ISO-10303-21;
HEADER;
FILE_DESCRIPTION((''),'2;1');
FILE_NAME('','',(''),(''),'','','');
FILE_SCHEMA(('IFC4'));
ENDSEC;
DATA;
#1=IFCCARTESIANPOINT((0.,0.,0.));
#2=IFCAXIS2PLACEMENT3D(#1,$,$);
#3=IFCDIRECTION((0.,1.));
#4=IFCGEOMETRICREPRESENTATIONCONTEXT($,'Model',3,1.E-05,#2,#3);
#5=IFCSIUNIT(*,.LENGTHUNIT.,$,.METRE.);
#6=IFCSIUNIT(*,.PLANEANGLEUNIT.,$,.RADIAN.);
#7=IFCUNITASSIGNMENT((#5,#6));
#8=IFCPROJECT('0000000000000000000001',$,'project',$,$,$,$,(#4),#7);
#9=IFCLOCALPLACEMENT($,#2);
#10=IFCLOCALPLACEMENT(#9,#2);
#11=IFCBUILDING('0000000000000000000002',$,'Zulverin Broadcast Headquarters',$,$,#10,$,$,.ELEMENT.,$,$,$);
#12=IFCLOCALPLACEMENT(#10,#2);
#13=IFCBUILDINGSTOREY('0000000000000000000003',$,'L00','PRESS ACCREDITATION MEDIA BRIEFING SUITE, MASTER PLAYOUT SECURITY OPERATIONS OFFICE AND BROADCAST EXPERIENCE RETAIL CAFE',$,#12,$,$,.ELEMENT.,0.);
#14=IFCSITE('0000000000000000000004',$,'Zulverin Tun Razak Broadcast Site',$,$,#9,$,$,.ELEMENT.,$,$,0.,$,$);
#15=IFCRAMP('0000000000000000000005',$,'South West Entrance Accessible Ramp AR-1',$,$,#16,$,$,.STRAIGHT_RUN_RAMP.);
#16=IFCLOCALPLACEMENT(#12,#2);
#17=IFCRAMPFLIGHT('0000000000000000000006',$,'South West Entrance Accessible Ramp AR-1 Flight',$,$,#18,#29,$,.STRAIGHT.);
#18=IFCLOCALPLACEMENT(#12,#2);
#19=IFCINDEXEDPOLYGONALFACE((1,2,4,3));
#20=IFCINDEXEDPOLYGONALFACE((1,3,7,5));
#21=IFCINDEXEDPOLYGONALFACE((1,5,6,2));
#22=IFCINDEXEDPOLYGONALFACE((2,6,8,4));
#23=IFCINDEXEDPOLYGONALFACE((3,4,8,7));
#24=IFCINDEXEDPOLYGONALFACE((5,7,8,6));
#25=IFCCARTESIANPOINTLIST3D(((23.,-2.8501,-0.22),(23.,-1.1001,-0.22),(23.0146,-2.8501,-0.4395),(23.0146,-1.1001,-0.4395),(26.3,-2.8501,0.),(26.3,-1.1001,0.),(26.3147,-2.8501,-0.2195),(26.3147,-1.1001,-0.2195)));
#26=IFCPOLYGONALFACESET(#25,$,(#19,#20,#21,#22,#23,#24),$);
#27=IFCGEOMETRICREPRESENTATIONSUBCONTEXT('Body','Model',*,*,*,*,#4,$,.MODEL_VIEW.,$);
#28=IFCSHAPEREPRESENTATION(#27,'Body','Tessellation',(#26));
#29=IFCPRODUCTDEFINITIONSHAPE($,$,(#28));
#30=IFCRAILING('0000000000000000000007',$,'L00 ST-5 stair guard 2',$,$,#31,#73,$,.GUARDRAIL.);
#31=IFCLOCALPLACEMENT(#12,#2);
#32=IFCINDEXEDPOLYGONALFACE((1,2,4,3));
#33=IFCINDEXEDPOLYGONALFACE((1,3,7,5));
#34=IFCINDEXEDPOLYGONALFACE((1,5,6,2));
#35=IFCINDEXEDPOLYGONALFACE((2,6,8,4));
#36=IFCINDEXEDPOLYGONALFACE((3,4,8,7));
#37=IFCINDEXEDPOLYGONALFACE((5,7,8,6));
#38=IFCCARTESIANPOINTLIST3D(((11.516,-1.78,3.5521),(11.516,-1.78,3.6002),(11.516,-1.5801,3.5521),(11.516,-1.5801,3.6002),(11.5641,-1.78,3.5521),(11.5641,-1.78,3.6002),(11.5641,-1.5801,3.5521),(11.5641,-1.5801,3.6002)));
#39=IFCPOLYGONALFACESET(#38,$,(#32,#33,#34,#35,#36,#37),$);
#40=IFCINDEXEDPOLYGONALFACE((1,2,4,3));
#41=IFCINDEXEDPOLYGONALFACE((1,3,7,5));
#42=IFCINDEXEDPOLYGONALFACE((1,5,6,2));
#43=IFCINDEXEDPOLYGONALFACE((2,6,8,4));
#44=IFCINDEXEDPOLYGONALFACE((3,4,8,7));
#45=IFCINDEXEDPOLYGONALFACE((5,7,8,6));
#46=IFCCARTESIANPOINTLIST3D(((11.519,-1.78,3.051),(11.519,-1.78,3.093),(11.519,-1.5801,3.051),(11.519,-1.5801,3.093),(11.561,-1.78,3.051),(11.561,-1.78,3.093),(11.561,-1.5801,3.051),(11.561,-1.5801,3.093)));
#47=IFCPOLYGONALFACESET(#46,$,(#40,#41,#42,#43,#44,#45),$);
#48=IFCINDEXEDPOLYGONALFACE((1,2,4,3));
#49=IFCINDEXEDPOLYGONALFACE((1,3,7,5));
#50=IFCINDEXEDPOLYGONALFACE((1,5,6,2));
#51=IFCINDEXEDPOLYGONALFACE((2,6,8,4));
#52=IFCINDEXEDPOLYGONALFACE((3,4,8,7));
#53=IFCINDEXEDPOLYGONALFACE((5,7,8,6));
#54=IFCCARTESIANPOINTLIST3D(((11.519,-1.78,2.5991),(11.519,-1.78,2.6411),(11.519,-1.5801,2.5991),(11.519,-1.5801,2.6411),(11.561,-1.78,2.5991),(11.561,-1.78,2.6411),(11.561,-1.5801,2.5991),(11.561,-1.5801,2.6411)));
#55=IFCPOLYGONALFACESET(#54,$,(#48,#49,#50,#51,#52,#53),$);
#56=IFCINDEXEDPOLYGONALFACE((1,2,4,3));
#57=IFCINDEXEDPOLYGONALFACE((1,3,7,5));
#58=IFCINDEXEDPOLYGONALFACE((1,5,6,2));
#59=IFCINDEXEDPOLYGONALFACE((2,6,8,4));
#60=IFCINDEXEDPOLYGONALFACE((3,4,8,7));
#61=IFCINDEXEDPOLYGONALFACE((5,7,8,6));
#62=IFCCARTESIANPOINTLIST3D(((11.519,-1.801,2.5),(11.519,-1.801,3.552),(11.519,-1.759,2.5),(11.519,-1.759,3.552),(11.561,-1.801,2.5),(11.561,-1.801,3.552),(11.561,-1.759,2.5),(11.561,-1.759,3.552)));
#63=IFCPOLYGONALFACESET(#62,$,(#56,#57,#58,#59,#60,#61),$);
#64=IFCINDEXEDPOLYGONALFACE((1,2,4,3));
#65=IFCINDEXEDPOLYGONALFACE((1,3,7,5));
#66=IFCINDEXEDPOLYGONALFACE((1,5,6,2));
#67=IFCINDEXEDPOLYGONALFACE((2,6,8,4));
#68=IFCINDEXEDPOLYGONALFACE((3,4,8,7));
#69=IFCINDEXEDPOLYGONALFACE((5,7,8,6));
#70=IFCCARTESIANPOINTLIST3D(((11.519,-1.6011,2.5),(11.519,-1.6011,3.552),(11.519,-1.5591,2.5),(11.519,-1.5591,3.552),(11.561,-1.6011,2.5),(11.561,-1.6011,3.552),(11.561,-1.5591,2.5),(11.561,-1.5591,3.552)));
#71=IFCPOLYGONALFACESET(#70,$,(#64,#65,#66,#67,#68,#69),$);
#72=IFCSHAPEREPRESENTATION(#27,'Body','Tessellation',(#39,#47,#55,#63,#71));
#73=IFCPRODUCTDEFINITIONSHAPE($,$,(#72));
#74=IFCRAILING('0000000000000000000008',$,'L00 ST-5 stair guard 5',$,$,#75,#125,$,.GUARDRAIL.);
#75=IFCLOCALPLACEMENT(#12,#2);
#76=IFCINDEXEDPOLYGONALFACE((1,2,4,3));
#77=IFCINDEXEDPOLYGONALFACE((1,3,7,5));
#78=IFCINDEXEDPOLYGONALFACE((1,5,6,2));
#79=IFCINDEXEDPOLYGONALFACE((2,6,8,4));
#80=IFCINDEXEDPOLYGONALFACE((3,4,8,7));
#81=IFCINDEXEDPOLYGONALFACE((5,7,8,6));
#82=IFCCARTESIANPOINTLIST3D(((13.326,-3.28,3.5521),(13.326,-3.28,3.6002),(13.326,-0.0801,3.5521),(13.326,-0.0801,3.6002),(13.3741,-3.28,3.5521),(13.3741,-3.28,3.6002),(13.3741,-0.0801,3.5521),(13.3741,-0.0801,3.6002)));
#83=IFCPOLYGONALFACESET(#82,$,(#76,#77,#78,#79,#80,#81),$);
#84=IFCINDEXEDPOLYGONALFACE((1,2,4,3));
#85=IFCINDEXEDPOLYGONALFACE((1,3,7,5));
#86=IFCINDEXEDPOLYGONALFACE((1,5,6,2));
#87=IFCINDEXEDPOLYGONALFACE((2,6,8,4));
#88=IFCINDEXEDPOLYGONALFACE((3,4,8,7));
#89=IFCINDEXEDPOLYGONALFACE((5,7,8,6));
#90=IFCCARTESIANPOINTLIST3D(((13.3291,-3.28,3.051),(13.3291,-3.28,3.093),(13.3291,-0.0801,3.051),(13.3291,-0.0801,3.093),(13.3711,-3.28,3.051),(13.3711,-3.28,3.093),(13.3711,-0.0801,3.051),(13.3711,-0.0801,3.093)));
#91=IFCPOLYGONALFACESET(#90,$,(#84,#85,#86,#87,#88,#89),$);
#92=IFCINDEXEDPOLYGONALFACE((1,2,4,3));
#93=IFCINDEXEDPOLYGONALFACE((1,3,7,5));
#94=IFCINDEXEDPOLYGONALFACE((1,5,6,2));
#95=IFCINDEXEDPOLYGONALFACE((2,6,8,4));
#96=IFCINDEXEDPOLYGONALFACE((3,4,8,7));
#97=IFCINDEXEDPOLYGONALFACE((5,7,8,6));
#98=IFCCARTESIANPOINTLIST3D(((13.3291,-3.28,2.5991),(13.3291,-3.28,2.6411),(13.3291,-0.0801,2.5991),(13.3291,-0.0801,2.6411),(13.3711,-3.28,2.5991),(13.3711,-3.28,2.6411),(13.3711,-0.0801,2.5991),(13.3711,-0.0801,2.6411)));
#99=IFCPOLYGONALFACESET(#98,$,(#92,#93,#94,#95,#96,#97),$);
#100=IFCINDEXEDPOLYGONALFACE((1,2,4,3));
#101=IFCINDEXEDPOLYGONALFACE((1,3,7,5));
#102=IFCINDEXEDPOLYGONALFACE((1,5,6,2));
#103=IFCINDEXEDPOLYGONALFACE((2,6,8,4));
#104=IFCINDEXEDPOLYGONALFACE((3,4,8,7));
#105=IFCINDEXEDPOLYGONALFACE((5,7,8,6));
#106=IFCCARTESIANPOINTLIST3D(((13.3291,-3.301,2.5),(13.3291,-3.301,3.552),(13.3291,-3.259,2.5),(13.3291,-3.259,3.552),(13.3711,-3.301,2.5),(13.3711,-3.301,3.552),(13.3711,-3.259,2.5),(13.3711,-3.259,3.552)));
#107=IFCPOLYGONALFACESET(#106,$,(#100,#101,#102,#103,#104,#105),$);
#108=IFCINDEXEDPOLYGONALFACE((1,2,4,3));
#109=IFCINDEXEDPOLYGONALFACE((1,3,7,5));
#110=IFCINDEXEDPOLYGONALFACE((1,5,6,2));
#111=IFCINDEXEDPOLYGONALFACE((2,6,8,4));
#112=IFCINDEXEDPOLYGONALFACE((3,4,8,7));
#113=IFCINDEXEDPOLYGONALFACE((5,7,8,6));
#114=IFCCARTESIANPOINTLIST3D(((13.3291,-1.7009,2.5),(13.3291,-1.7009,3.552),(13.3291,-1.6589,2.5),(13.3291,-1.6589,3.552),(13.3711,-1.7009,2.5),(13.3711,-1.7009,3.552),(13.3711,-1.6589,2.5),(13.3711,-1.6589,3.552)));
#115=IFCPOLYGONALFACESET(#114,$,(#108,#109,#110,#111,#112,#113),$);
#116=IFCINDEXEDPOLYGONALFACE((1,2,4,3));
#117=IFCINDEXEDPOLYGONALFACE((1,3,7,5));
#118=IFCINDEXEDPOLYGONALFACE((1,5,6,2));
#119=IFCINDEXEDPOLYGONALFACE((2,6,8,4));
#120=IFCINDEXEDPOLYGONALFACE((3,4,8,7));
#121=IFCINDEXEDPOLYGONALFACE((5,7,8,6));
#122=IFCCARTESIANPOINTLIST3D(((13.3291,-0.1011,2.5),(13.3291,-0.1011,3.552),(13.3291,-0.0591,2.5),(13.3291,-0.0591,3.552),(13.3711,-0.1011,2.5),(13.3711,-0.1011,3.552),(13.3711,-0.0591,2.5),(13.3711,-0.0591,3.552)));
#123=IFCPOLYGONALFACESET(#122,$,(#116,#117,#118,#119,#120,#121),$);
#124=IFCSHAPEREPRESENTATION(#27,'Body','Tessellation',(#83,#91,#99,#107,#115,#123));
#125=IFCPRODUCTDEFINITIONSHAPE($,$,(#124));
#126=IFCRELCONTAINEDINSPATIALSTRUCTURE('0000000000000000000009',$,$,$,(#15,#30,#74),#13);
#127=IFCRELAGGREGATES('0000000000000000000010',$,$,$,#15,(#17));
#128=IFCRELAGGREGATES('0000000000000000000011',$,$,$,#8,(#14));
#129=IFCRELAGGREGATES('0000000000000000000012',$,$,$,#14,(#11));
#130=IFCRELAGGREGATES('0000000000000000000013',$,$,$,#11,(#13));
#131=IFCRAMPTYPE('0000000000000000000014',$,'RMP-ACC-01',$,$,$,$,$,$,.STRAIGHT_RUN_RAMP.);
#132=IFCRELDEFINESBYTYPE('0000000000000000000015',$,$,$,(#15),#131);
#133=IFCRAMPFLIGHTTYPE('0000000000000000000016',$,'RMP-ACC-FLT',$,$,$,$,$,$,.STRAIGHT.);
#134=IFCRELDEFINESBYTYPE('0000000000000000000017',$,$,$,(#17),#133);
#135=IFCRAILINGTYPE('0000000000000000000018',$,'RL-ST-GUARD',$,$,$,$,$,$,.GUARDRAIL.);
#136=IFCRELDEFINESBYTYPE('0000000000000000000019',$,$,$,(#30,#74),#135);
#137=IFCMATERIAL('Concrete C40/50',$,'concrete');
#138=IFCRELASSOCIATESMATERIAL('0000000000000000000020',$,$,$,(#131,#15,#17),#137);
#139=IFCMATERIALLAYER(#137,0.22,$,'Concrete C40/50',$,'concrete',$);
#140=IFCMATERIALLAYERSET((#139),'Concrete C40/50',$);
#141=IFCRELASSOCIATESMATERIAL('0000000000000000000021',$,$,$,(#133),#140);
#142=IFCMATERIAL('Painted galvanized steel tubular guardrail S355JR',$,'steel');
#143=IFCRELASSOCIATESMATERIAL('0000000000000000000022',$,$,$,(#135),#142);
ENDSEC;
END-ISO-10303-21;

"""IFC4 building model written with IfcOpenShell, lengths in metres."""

from ifc_helpers import new_model, si_unit, direction, frame, origin, origin_2d, place, context, subcontext, project, spatial, polyline, rectangle, outline, extrude, material, layer, layer_set, type_object, element, aggregate, save


model = new_model("IFC4")

# Units and contexts
model_context = context("Model", 3, precision=1e-05, world=origin(), true_north=direction((0.0, 1.0)))
body_context = subcontext(model_context, "Body", "Model", "MODEL_VIEW")
ifc_project = project(units=[si_unit("LENGTHUNIT", "METRE"), si_unit("PLANEANGLEUNIT", "RADIAN")], contexts=[model_context])

# Site, building, storey
site_placement = place(None, origin())
site = spatial("IfcSite", under=ifc_project, at=site_placement, Name="Zulverin Tun Razak Broadcast Site", CompositionType="ELEMENT", RefElevation=0.0)
building_placement = place(site_placement, origin())
building = spatial("IfcBuilding", under=site, at=building_placement, Name="Zulverin Broadcast Headquarters", CompositionType="ELEMENT")
storey_placement = place(building_placement, origin())
storey = spatial("IfcBuildingStorey", under=building, at=storey_placement, Name="L00", Description="PRESS ACCREDITATION MEDIA BRIEFING SUITE, MASTER PLAYOUT SECURITY OPERATIONS OFFICE AND BROADCAST EXPERIENCE RETAIL CAFE", CompositionType="ELEMENT", Elevation=0.0)

# Ramp, ramp flight
ifc_material_1 = material(Name="Concrete C40/50", Category="concrete")
ramp_type = type_object("IfcRampType", Name="RMP-ACC-01", PredefinedType="STRAIGHT_RUN_RAMP", material=ifc_material_1)
ramp_placement = place(storey_placement, origin())
ramp = element("IfcRamp", 1, at=ramp_placement, inside=storey, type_object=ramp_type, material=ifc_material_1, Name="South West Entrance Accessible Ramp AR-1", PredefinedType="STRAIGHT_RUN_RAMP")
ifc_layer_1 = layer(ifc_material_1, 0.22, Name="Concrete C40/50", Category="concrete")
ifc_layer_set_1 = layer_set([ifc_layer_1], Name="Concrete C40/50")
ramp_flight_type = type_object("IfcRampFlightType", Name="RMP-ACC-FLT", PredefinedType="STRAIGHT", material=ifc_layer_set_1)
ramp_flight_placement = place(storey_placement, frame((23.0, -2.8501, -0.22), z_axis=(-0.066509, 0.0, 0.997786), x_axis=(0.997786, 0.0, 0.066509)))
ramp_flight = element("IfcRampFlight", 2, at=ramp_flight_placement, type_object=ramp_flight_type, material=ifc_material_1, Name="South West Entrance Accessible Ramp AR-1 Flight", PredefinedType="STRAIGHT", context=body_context, shape_type="SweptSolid", body=[
    extrude(outline(polyline([(0.0, 0.0), (3.3074, 0.0), (3.3074, 1.75), (0.0, 1.75), (0.0, 0.0)])), origin(), (0.0, 0.0, -1.0), 0.22),
])
aggregate(ramp, [ramp_flight])

# Railings
ifc_material_2 = material(Name="Painted galvanized steel tubular guardrail S355JR", Category="steel")
railing_type = type_object("IfcRailingType", Name="RL-ST-GUARD", PredefinedType="GUARDRAIL", material=ifc_material_2)
railing_1_placement = place(storey_placement, frame((11.54, -1.78, 2.5)))
element("IfcRailing", 3, at=railing_1_placement, inside=storey, type_object=railing_type, Name="L00 ST-5 stair guard 2", PredefinedType="GUARDRAIL", context=body_context, shape_type="SweptSolid", body=[
    extrude(rectangle(XDim=0.0481, YDim=0.0481, at=origin_2d()), frame((0.0, 0.0, 1.0762), z_axis=(0.0, 1.0, 0.0), x_axis=(-1.0, 0.0, 0.0)), (0.0, 0.0, 1.0), 0.2),
    extrude(rectangle(XDim=0.042, YDim=0.042, at=origin_2d()), frame((0.0, 0.0, 0.572), z_axis=(0.0, 1.0, 0.0), x_axis=(-1.0, 0.0, 0.0)), (0.0, 0.0, 1.0), 0.2),
    extrude(rectangle(XDim=0.042, YDim=0.042, at=origin_2d()), frame((0.0, 0.0, 0.1201), z_axis=(0.0, 1.0, 0.0), x_axis=(-1.0, 0.0, 0.0)), (0.0, 0.0, 1.0), 0.2),
    extrude(rectangle(XDim=0.042, YDim=0.042, at=origin_2d()), origin(), (0.0, 0.0, 1.0), 1.052),
    extrude(rectangle(XDim=0.042, YDim=0.042, at=origin_2d()), frame((0.0, 0.2, 0.0)), (0.0, 0.0, 1.0), 1.052),
])
railing_2_placement = place(storey_placement, frame((13.3501, -3.28, 2.5)))
element("IfcRailing", 4, at=railing_2_placement, inside=storey, type_object=railing_type, Name="L00 ST-5 stair guard 5", PredefinedType="GUARDRAIL", context=body_context, shape_type="SweptSolid", body=[
    extrude(rectangle(XDim=0.0481, YDim=0.0481, at=origin_2d()), frame((0.0, 0.0, 1.0762), z_axis=(0.0, 1.0, 0.0), x_axis=(-1.0, 0.0, 0.0)), (0.0, 0.0, 1.0), 3.2),
    extrude(rectangle(XDim=0.042, YDim=0.042, at=origin_2d()), frame((0.0, 0.0, 0.572), z_axis=(0.0, 1.0, 0.0), x_axis=(-1.0, 0.0, 0.0)), (0.0, 0.0, 1.0), 3.2),
    extrude(rectangle(XDim=0.042, YDim=0.042, at=origin_2d()), frame((0.0, 0.0, 0.1201), z_axis=(0.0, 1.0, 0.0), x_axis=(-1.0, 0.0, 0.0)), (0.0, 0.0, 1.0), 3.2),
    extrude(rectangle(XDim=0.042, YDim=0.042, at=origin_2d()), origin(), (0.0, 0.0, 1.0), 1.052),
    extrude(rectangle(XDim=0.042, YDim=0.042, at=origin_2d()), frame((0.0, 1.6001, 0.0)), (0.0, 0.0, 1.0), 1.052),
    extrude(rectangle(XDim=0.042, YDim=0.042, at=origin_2d()), frame((0.0, 3.2, 0.0)), (0.0, 0.0, 1.0), 1.052),
])

save(model, "model.ifc")
